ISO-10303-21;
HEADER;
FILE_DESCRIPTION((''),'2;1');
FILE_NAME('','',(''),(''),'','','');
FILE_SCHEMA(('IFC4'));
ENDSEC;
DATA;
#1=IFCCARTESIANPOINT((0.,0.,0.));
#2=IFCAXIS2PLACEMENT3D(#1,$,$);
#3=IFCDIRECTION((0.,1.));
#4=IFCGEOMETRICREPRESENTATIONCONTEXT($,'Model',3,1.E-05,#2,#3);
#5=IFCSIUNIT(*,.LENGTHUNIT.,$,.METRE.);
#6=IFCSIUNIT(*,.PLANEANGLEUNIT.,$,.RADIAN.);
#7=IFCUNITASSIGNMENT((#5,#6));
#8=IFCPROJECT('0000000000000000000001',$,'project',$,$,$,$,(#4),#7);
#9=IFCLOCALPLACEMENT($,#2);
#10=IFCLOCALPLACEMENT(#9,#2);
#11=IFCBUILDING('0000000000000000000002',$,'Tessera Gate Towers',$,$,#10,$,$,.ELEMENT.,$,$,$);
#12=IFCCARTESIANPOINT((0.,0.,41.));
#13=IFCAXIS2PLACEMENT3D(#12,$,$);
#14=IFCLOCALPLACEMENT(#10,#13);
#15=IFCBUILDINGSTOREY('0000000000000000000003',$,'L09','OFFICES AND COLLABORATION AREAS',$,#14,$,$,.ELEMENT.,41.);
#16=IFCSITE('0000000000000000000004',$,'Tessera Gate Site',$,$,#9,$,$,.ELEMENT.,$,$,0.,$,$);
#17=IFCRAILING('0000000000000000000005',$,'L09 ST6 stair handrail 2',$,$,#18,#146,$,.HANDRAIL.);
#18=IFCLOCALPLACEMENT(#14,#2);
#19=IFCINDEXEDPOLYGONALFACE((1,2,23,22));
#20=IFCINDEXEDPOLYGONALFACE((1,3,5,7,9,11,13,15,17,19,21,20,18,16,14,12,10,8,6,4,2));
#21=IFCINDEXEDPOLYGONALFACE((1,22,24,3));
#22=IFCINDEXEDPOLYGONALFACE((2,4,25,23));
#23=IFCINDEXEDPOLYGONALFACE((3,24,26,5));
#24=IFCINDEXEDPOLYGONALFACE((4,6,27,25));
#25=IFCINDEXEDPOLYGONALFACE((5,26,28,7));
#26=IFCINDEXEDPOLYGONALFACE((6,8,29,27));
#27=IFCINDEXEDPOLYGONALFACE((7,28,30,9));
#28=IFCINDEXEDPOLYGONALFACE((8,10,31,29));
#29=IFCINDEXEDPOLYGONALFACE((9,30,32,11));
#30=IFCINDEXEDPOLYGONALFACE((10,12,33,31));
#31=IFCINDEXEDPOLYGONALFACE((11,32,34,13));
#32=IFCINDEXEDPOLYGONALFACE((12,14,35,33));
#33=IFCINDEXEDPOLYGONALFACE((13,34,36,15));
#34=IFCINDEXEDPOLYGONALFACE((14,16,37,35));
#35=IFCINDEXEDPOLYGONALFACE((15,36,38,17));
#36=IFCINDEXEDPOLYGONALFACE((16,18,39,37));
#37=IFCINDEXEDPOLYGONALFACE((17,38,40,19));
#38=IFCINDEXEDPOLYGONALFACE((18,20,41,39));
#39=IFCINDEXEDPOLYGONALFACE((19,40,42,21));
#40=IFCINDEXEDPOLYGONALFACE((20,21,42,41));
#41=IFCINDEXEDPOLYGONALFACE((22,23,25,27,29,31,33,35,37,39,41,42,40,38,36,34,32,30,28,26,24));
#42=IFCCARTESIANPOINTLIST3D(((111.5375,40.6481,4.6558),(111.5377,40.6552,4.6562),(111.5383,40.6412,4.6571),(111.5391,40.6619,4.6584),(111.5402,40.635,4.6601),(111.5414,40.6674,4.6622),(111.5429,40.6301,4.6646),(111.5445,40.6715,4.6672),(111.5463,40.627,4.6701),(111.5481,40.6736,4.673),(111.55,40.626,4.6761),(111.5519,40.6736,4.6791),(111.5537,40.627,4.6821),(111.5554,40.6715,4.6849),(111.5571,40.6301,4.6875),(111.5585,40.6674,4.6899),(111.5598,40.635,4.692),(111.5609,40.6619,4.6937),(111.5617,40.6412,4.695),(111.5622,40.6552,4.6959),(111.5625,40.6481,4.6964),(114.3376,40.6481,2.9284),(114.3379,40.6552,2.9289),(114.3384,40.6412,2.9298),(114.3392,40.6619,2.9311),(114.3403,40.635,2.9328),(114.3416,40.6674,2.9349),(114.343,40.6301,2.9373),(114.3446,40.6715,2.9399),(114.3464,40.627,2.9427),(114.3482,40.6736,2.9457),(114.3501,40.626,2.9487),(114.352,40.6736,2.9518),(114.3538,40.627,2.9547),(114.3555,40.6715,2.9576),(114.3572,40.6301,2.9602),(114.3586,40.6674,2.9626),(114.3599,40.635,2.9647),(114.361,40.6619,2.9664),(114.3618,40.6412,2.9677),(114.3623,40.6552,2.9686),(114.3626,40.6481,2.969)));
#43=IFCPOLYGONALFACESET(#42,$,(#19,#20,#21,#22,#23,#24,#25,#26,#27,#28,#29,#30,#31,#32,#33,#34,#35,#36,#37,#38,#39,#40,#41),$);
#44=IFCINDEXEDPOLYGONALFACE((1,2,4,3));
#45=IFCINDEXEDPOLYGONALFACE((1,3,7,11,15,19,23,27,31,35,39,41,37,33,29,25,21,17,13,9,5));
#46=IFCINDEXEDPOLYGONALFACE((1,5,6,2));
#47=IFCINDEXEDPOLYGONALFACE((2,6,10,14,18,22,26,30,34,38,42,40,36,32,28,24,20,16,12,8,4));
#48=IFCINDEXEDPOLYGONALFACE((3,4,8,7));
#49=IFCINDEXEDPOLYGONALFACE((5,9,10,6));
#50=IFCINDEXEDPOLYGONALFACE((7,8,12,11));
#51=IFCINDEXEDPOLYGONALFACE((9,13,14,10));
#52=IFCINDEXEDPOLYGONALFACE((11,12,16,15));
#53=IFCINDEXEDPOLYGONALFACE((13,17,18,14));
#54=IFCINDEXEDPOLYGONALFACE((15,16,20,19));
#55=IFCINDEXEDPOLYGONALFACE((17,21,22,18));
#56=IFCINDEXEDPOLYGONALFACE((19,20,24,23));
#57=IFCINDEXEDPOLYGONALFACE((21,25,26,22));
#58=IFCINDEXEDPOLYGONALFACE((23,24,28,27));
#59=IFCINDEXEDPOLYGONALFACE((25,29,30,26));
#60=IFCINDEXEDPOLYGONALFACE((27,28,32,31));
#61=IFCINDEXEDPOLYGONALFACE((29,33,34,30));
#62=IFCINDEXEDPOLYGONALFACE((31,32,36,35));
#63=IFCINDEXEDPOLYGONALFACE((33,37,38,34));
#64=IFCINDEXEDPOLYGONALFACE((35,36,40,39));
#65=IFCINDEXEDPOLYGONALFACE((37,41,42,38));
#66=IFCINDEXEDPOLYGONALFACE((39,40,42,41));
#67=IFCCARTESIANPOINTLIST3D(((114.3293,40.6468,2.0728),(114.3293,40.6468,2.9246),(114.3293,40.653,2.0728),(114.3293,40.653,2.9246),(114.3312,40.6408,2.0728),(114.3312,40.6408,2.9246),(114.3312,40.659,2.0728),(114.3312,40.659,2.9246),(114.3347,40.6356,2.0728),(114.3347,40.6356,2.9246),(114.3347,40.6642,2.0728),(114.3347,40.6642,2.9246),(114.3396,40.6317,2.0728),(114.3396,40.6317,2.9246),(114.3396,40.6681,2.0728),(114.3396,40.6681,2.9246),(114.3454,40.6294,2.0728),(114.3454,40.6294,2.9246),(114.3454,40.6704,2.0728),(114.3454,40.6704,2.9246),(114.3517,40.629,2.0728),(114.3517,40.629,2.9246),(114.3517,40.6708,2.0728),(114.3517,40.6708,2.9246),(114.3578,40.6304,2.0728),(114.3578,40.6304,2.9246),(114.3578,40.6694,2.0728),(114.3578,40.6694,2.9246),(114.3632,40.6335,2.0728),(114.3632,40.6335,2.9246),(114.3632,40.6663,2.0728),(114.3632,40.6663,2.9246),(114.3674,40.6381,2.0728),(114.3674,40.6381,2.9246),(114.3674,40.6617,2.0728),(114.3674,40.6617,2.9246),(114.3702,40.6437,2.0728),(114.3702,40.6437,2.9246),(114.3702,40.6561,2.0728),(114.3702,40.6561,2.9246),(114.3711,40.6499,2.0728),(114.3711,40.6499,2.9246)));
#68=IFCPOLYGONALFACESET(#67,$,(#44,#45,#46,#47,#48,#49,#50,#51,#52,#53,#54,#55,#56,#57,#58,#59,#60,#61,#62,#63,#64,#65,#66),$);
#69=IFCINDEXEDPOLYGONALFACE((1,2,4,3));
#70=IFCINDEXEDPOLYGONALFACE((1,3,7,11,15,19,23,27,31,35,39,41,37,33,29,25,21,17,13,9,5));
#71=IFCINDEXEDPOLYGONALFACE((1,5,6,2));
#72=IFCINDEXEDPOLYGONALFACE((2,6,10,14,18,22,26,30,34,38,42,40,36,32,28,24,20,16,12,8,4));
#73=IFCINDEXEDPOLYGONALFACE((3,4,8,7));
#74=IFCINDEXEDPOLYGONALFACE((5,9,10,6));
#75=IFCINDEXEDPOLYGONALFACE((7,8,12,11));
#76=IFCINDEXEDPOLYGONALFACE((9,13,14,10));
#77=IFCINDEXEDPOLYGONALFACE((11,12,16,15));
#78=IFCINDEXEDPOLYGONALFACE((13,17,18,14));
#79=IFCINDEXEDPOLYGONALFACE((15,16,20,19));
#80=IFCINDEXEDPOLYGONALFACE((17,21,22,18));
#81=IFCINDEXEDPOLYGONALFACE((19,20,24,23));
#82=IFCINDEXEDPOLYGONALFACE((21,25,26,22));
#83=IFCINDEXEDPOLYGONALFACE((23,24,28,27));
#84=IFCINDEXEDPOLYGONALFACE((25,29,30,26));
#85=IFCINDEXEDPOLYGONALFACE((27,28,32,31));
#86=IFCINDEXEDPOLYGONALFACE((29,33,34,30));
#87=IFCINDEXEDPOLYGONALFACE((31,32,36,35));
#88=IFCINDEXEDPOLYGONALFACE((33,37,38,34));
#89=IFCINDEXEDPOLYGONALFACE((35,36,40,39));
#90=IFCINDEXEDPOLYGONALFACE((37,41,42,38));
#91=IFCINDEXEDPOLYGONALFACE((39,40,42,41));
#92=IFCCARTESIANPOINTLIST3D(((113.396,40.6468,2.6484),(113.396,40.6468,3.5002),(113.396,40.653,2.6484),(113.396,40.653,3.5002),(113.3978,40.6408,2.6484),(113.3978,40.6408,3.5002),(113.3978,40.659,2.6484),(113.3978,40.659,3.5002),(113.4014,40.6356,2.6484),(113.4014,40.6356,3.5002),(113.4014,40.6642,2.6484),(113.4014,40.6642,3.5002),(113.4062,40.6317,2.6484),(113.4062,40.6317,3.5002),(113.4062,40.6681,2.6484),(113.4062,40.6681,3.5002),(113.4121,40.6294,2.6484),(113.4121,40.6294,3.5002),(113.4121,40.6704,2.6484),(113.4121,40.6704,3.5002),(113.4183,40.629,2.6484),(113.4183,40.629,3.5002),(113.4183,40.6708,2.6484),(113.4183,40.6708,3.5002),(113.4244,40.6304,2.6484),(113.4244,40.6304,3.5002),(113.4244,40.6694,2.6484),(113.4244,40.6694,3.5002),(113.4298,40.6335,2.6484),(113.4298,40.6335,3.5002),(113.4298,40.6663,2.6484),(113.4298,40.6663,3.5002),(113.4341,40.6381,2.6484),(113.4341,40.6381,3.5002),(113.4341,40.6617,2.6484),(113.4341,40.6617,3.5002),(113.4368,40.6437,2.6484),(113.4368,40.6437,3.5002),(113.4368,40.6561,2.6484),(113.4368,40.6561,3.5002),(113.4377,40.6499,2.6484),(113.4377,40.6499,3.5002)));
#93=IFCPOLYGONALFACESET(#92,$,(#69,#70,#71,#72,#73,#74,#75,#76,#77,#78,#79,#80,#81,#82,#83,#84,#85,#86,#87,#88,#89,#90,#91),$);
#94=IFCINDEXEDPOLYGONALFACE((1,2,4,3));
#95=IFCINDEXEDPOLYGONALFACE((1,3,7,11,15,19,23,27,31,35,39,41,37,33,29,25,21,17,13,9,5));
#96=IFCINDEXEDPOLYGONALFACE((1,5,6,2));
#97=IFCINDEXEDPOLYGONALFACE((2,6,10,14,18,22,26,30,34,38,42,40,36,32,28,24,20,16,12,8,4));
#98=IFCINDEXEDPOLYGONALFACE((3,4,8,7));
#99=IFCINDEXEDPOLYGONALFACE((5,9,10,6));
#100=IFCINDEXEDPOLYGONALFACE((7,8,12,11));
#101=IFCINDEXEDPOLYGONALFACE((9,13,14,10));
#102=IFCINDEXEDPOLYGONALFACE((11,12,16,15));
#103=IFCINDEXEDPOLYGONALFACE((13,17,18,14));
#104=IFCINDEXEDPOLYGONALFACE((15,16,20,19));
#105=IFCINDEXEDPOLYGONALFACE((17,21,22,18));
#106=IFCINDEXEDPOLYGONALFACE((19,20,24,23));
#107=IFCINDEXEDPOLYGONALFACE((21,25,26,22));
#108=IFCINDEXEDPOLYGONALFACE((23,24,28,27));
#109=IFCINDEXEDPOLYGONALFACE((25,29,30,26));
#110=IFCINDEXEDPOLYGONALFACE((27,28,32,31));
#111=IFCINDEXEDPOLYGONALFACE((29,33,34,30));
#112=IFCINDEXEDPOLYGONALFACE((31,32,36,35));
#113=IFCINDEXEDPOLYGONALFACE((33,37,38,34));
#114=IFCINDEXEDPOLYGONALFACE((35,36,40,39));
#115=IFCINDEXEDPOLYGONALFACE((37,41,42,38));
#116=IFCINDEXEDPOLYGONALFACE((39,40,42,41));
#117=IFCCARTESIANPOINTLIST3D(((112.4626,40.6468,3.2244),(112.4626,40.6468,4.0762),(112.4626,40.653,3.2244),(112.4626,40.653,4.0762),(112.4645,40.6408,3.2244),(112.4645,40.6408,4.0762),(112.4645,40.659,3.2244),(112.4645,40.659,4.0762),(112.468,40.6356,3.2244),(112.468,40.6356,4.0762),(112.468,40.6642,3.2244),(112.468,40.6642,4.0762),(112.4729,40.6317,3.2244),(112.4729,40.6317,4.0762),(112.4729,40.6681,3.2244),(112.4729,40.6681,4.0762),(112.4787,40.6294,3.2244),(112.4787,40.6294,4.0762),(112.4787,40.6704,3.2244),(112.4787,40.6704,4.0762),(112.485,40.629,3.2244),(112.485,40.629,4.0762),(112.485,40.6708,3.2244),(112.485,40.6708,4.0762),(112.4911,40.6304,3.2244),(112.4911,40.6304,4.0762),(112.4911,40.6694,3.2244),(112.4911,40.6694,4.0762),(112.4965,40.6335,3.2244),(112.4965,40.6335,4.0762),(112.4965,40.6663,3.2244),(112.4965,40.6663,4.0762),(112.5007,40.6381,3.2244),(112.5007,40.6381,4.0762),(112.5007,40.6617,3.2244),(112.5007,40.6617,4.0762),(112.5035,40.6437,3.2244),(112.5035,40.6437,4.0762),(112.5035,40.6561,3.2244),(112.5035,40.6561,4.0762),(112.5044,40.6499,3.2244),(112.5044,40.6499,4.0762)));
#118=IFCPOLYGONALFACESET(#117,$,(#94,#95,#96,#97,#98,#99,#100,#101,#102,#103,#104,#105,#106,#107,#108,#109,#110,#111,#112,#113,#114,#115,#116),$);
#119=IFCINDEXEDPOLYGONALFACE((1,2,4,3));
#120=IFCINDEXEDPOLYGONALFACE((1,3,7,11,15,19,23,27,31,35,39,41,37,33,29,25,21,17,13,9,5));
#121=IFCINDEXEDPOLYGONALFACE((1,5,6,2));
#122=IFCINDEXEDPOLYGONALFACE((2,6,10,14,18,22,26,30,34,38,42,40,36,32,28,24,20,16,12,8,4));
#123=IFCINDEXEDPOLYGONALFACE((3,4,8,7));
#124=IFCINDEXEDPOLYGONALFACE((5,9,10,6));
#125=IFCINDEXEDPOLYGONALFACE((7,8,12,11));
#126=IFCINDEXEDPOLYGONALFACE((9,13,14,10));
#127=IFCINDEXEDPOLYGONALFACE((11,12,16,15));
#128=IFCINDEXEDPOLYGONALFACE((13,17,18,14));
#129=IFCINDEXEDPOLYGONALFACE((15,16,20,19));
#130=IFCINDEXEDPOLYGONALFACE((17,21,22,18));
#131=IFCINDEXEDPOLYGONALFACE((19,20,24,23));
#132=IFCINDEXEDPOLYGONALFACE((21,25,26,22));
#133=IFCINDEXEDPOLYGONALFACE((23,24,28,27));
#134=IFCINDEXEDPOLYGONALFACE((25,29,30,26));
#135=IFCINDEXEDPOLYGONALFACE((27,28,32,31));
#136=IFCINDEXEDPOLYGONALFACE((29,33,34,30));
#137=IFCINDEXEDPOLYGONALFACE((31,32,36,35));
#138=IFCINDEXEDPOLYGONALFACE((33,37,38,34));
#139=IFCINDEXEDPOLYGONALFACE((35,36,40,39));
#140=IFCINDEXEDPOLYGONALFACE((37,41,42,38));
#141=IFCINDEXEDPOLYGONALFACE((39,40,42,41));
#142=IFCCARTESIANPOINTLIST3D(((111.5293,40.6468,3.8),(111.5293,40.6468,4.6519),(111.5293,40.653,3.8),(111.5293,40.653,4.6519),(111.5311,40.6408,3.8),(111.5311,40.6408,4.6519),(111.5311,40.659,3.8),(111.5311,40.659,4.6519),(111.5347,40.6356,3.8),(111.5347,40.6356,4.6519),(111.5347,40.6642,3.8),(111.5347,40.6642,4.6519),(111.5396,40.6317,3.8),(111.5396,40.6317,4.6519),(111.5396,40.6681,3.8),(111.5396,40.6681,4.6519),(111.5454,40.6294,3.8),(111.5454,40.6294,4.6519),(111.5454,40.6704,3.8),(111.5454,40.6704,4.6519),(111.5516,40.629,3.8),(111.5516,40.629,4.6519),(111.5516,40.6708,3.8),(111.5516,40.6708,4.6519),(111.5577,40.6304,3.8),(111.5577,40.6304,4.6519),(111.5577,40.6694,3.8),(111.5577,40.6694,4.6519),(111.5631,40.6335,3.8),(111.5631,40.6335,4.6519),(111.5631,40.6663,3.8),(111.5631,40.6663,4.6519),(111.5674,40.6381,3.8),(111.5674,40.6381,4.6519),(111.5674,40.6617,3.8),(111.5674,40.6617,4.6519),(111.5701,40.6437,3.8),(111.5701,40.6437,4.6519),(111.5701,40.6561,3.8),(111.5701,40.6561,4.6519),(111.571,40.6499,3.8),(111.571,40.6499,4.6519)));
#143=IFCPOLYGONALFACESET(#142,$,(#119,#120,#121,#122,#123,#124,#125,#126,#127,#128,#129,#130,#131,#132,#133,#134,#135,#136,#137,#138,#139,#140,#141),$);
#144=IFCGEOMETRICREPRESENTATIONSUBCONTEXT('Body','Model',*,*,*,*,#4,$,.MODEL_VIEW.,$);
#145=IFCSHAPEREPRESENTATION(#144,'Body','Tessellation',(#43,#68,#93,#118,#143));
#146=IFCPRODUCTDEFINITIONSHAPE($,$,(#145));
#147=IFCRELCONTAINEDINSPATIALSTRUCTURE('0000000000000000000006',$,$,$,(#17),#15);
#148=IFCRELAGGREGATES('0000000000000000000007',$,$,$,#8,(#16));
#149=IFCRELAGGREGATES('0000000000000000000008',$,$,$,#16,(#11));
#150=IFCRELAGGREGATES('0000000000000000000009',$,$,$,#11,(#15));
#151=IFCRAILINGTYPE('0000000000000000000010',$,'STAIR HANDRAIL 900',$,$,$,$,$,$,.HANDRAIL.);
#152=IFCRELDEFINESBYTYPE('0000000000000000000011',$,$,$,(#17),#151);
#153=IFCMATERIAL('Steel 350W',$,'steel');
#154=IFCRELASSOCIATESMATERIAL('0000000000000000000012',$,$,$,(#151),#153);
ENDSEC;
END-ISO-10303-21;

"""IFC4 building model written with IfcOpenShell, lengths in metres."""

from ifc_helpers import new_model, si_unit, direction, frame, origin, origin_2d, place, context, subcontext, project, spatial, circle, extrude, material, type_object, element, save


model = new_model("IFC4")

# Units and contexts
model_context = context("Model", 3, precision=1e-05, world=origin(), true_north=direction((0.0, 1.0)))
body_context = subcontext(model_context, "Body", "Model", "MODEL_VIEW")
ifc_project = project(units=[si_unit("LENGTHUNIT", "METRE"), si_unit("PLANEANGLEUNIT", "RADIAN")], contexts=[model_context])

# Site, building, storey
site_placement = place(None, origin())
site = spatial("IfcSite", under=ifc_project, at=site_placement, Name="Tessera Gate Site", CompositionType="ELEMENT", RefElevation=0.0)
building_placement = place(site_placement, origin())
building = spatial("IfcBuilding", under=site, at=building_placement, Name="Tessera Gate Towers", CompositionType="ELEMENT")
storey_placement = place(building_placement, frame((0.0, 0.0, 41.0)))
storey = spatial("IfcBuildingStorey", under=building, at=storey_placement, Name="L09", Description="OFFICES AND COLLABORATION AREAS", CompositionType="ELEMENT", Elevation=41.0)

# Railing
ifc_material_1 = material(Name="Steel 350W", Category="steel")
railing_type_1 = type_object("IfcRailingType", Name="STAIR HANDRAIL 900", PredefinedType="HANDRAIL", material=ifc_material_1)
railing_1_placement = place(storey_placement, frame((114.3501, 40.6499, 2.0728)))
element("IfcRailing", 1, at=railing_1_placement, inside=storey, type_object=railing_type_1, Name="L09 ST6 stair handrail 2", PredefinedType="HANDRAIL", context=body_context, shape_type="SweptSolid", body=[
    extrude(circle(Radius=0.0239, at=origin_2d()), frame((0.0, 0.0, 0.876), z_axis=(-0.85109, 0.0, 0.52502), x_axis=(0.0, -1.0, 0.0)), (0.0, 0.0, 1.0), 3.29),
    extrude(circle(Radius=0.021, at=origin_2d()), origin(), (0.0, 0.0, 1.0), 0.8518),
    extrude(circle(Radius=0.021, at=origin_2d()), frame((-0.9333, 0.0, 0.5757)), (0.0, 0.0, 1.0), 0.8518),
    extrude(circle(Radius=0.021, at=origin_2d()), frame((-1.8667, 0.0, 1.1516)), (0.0, 0.0, 1.0), 0.8518),
    extrude(circle(Radius=0.021, at=origin_2d()), frame((-2.8, 0.0, 1.7273)), (0.0, 0.0, 1.0), 0.8518),
])

save(model, "model.ifc")
